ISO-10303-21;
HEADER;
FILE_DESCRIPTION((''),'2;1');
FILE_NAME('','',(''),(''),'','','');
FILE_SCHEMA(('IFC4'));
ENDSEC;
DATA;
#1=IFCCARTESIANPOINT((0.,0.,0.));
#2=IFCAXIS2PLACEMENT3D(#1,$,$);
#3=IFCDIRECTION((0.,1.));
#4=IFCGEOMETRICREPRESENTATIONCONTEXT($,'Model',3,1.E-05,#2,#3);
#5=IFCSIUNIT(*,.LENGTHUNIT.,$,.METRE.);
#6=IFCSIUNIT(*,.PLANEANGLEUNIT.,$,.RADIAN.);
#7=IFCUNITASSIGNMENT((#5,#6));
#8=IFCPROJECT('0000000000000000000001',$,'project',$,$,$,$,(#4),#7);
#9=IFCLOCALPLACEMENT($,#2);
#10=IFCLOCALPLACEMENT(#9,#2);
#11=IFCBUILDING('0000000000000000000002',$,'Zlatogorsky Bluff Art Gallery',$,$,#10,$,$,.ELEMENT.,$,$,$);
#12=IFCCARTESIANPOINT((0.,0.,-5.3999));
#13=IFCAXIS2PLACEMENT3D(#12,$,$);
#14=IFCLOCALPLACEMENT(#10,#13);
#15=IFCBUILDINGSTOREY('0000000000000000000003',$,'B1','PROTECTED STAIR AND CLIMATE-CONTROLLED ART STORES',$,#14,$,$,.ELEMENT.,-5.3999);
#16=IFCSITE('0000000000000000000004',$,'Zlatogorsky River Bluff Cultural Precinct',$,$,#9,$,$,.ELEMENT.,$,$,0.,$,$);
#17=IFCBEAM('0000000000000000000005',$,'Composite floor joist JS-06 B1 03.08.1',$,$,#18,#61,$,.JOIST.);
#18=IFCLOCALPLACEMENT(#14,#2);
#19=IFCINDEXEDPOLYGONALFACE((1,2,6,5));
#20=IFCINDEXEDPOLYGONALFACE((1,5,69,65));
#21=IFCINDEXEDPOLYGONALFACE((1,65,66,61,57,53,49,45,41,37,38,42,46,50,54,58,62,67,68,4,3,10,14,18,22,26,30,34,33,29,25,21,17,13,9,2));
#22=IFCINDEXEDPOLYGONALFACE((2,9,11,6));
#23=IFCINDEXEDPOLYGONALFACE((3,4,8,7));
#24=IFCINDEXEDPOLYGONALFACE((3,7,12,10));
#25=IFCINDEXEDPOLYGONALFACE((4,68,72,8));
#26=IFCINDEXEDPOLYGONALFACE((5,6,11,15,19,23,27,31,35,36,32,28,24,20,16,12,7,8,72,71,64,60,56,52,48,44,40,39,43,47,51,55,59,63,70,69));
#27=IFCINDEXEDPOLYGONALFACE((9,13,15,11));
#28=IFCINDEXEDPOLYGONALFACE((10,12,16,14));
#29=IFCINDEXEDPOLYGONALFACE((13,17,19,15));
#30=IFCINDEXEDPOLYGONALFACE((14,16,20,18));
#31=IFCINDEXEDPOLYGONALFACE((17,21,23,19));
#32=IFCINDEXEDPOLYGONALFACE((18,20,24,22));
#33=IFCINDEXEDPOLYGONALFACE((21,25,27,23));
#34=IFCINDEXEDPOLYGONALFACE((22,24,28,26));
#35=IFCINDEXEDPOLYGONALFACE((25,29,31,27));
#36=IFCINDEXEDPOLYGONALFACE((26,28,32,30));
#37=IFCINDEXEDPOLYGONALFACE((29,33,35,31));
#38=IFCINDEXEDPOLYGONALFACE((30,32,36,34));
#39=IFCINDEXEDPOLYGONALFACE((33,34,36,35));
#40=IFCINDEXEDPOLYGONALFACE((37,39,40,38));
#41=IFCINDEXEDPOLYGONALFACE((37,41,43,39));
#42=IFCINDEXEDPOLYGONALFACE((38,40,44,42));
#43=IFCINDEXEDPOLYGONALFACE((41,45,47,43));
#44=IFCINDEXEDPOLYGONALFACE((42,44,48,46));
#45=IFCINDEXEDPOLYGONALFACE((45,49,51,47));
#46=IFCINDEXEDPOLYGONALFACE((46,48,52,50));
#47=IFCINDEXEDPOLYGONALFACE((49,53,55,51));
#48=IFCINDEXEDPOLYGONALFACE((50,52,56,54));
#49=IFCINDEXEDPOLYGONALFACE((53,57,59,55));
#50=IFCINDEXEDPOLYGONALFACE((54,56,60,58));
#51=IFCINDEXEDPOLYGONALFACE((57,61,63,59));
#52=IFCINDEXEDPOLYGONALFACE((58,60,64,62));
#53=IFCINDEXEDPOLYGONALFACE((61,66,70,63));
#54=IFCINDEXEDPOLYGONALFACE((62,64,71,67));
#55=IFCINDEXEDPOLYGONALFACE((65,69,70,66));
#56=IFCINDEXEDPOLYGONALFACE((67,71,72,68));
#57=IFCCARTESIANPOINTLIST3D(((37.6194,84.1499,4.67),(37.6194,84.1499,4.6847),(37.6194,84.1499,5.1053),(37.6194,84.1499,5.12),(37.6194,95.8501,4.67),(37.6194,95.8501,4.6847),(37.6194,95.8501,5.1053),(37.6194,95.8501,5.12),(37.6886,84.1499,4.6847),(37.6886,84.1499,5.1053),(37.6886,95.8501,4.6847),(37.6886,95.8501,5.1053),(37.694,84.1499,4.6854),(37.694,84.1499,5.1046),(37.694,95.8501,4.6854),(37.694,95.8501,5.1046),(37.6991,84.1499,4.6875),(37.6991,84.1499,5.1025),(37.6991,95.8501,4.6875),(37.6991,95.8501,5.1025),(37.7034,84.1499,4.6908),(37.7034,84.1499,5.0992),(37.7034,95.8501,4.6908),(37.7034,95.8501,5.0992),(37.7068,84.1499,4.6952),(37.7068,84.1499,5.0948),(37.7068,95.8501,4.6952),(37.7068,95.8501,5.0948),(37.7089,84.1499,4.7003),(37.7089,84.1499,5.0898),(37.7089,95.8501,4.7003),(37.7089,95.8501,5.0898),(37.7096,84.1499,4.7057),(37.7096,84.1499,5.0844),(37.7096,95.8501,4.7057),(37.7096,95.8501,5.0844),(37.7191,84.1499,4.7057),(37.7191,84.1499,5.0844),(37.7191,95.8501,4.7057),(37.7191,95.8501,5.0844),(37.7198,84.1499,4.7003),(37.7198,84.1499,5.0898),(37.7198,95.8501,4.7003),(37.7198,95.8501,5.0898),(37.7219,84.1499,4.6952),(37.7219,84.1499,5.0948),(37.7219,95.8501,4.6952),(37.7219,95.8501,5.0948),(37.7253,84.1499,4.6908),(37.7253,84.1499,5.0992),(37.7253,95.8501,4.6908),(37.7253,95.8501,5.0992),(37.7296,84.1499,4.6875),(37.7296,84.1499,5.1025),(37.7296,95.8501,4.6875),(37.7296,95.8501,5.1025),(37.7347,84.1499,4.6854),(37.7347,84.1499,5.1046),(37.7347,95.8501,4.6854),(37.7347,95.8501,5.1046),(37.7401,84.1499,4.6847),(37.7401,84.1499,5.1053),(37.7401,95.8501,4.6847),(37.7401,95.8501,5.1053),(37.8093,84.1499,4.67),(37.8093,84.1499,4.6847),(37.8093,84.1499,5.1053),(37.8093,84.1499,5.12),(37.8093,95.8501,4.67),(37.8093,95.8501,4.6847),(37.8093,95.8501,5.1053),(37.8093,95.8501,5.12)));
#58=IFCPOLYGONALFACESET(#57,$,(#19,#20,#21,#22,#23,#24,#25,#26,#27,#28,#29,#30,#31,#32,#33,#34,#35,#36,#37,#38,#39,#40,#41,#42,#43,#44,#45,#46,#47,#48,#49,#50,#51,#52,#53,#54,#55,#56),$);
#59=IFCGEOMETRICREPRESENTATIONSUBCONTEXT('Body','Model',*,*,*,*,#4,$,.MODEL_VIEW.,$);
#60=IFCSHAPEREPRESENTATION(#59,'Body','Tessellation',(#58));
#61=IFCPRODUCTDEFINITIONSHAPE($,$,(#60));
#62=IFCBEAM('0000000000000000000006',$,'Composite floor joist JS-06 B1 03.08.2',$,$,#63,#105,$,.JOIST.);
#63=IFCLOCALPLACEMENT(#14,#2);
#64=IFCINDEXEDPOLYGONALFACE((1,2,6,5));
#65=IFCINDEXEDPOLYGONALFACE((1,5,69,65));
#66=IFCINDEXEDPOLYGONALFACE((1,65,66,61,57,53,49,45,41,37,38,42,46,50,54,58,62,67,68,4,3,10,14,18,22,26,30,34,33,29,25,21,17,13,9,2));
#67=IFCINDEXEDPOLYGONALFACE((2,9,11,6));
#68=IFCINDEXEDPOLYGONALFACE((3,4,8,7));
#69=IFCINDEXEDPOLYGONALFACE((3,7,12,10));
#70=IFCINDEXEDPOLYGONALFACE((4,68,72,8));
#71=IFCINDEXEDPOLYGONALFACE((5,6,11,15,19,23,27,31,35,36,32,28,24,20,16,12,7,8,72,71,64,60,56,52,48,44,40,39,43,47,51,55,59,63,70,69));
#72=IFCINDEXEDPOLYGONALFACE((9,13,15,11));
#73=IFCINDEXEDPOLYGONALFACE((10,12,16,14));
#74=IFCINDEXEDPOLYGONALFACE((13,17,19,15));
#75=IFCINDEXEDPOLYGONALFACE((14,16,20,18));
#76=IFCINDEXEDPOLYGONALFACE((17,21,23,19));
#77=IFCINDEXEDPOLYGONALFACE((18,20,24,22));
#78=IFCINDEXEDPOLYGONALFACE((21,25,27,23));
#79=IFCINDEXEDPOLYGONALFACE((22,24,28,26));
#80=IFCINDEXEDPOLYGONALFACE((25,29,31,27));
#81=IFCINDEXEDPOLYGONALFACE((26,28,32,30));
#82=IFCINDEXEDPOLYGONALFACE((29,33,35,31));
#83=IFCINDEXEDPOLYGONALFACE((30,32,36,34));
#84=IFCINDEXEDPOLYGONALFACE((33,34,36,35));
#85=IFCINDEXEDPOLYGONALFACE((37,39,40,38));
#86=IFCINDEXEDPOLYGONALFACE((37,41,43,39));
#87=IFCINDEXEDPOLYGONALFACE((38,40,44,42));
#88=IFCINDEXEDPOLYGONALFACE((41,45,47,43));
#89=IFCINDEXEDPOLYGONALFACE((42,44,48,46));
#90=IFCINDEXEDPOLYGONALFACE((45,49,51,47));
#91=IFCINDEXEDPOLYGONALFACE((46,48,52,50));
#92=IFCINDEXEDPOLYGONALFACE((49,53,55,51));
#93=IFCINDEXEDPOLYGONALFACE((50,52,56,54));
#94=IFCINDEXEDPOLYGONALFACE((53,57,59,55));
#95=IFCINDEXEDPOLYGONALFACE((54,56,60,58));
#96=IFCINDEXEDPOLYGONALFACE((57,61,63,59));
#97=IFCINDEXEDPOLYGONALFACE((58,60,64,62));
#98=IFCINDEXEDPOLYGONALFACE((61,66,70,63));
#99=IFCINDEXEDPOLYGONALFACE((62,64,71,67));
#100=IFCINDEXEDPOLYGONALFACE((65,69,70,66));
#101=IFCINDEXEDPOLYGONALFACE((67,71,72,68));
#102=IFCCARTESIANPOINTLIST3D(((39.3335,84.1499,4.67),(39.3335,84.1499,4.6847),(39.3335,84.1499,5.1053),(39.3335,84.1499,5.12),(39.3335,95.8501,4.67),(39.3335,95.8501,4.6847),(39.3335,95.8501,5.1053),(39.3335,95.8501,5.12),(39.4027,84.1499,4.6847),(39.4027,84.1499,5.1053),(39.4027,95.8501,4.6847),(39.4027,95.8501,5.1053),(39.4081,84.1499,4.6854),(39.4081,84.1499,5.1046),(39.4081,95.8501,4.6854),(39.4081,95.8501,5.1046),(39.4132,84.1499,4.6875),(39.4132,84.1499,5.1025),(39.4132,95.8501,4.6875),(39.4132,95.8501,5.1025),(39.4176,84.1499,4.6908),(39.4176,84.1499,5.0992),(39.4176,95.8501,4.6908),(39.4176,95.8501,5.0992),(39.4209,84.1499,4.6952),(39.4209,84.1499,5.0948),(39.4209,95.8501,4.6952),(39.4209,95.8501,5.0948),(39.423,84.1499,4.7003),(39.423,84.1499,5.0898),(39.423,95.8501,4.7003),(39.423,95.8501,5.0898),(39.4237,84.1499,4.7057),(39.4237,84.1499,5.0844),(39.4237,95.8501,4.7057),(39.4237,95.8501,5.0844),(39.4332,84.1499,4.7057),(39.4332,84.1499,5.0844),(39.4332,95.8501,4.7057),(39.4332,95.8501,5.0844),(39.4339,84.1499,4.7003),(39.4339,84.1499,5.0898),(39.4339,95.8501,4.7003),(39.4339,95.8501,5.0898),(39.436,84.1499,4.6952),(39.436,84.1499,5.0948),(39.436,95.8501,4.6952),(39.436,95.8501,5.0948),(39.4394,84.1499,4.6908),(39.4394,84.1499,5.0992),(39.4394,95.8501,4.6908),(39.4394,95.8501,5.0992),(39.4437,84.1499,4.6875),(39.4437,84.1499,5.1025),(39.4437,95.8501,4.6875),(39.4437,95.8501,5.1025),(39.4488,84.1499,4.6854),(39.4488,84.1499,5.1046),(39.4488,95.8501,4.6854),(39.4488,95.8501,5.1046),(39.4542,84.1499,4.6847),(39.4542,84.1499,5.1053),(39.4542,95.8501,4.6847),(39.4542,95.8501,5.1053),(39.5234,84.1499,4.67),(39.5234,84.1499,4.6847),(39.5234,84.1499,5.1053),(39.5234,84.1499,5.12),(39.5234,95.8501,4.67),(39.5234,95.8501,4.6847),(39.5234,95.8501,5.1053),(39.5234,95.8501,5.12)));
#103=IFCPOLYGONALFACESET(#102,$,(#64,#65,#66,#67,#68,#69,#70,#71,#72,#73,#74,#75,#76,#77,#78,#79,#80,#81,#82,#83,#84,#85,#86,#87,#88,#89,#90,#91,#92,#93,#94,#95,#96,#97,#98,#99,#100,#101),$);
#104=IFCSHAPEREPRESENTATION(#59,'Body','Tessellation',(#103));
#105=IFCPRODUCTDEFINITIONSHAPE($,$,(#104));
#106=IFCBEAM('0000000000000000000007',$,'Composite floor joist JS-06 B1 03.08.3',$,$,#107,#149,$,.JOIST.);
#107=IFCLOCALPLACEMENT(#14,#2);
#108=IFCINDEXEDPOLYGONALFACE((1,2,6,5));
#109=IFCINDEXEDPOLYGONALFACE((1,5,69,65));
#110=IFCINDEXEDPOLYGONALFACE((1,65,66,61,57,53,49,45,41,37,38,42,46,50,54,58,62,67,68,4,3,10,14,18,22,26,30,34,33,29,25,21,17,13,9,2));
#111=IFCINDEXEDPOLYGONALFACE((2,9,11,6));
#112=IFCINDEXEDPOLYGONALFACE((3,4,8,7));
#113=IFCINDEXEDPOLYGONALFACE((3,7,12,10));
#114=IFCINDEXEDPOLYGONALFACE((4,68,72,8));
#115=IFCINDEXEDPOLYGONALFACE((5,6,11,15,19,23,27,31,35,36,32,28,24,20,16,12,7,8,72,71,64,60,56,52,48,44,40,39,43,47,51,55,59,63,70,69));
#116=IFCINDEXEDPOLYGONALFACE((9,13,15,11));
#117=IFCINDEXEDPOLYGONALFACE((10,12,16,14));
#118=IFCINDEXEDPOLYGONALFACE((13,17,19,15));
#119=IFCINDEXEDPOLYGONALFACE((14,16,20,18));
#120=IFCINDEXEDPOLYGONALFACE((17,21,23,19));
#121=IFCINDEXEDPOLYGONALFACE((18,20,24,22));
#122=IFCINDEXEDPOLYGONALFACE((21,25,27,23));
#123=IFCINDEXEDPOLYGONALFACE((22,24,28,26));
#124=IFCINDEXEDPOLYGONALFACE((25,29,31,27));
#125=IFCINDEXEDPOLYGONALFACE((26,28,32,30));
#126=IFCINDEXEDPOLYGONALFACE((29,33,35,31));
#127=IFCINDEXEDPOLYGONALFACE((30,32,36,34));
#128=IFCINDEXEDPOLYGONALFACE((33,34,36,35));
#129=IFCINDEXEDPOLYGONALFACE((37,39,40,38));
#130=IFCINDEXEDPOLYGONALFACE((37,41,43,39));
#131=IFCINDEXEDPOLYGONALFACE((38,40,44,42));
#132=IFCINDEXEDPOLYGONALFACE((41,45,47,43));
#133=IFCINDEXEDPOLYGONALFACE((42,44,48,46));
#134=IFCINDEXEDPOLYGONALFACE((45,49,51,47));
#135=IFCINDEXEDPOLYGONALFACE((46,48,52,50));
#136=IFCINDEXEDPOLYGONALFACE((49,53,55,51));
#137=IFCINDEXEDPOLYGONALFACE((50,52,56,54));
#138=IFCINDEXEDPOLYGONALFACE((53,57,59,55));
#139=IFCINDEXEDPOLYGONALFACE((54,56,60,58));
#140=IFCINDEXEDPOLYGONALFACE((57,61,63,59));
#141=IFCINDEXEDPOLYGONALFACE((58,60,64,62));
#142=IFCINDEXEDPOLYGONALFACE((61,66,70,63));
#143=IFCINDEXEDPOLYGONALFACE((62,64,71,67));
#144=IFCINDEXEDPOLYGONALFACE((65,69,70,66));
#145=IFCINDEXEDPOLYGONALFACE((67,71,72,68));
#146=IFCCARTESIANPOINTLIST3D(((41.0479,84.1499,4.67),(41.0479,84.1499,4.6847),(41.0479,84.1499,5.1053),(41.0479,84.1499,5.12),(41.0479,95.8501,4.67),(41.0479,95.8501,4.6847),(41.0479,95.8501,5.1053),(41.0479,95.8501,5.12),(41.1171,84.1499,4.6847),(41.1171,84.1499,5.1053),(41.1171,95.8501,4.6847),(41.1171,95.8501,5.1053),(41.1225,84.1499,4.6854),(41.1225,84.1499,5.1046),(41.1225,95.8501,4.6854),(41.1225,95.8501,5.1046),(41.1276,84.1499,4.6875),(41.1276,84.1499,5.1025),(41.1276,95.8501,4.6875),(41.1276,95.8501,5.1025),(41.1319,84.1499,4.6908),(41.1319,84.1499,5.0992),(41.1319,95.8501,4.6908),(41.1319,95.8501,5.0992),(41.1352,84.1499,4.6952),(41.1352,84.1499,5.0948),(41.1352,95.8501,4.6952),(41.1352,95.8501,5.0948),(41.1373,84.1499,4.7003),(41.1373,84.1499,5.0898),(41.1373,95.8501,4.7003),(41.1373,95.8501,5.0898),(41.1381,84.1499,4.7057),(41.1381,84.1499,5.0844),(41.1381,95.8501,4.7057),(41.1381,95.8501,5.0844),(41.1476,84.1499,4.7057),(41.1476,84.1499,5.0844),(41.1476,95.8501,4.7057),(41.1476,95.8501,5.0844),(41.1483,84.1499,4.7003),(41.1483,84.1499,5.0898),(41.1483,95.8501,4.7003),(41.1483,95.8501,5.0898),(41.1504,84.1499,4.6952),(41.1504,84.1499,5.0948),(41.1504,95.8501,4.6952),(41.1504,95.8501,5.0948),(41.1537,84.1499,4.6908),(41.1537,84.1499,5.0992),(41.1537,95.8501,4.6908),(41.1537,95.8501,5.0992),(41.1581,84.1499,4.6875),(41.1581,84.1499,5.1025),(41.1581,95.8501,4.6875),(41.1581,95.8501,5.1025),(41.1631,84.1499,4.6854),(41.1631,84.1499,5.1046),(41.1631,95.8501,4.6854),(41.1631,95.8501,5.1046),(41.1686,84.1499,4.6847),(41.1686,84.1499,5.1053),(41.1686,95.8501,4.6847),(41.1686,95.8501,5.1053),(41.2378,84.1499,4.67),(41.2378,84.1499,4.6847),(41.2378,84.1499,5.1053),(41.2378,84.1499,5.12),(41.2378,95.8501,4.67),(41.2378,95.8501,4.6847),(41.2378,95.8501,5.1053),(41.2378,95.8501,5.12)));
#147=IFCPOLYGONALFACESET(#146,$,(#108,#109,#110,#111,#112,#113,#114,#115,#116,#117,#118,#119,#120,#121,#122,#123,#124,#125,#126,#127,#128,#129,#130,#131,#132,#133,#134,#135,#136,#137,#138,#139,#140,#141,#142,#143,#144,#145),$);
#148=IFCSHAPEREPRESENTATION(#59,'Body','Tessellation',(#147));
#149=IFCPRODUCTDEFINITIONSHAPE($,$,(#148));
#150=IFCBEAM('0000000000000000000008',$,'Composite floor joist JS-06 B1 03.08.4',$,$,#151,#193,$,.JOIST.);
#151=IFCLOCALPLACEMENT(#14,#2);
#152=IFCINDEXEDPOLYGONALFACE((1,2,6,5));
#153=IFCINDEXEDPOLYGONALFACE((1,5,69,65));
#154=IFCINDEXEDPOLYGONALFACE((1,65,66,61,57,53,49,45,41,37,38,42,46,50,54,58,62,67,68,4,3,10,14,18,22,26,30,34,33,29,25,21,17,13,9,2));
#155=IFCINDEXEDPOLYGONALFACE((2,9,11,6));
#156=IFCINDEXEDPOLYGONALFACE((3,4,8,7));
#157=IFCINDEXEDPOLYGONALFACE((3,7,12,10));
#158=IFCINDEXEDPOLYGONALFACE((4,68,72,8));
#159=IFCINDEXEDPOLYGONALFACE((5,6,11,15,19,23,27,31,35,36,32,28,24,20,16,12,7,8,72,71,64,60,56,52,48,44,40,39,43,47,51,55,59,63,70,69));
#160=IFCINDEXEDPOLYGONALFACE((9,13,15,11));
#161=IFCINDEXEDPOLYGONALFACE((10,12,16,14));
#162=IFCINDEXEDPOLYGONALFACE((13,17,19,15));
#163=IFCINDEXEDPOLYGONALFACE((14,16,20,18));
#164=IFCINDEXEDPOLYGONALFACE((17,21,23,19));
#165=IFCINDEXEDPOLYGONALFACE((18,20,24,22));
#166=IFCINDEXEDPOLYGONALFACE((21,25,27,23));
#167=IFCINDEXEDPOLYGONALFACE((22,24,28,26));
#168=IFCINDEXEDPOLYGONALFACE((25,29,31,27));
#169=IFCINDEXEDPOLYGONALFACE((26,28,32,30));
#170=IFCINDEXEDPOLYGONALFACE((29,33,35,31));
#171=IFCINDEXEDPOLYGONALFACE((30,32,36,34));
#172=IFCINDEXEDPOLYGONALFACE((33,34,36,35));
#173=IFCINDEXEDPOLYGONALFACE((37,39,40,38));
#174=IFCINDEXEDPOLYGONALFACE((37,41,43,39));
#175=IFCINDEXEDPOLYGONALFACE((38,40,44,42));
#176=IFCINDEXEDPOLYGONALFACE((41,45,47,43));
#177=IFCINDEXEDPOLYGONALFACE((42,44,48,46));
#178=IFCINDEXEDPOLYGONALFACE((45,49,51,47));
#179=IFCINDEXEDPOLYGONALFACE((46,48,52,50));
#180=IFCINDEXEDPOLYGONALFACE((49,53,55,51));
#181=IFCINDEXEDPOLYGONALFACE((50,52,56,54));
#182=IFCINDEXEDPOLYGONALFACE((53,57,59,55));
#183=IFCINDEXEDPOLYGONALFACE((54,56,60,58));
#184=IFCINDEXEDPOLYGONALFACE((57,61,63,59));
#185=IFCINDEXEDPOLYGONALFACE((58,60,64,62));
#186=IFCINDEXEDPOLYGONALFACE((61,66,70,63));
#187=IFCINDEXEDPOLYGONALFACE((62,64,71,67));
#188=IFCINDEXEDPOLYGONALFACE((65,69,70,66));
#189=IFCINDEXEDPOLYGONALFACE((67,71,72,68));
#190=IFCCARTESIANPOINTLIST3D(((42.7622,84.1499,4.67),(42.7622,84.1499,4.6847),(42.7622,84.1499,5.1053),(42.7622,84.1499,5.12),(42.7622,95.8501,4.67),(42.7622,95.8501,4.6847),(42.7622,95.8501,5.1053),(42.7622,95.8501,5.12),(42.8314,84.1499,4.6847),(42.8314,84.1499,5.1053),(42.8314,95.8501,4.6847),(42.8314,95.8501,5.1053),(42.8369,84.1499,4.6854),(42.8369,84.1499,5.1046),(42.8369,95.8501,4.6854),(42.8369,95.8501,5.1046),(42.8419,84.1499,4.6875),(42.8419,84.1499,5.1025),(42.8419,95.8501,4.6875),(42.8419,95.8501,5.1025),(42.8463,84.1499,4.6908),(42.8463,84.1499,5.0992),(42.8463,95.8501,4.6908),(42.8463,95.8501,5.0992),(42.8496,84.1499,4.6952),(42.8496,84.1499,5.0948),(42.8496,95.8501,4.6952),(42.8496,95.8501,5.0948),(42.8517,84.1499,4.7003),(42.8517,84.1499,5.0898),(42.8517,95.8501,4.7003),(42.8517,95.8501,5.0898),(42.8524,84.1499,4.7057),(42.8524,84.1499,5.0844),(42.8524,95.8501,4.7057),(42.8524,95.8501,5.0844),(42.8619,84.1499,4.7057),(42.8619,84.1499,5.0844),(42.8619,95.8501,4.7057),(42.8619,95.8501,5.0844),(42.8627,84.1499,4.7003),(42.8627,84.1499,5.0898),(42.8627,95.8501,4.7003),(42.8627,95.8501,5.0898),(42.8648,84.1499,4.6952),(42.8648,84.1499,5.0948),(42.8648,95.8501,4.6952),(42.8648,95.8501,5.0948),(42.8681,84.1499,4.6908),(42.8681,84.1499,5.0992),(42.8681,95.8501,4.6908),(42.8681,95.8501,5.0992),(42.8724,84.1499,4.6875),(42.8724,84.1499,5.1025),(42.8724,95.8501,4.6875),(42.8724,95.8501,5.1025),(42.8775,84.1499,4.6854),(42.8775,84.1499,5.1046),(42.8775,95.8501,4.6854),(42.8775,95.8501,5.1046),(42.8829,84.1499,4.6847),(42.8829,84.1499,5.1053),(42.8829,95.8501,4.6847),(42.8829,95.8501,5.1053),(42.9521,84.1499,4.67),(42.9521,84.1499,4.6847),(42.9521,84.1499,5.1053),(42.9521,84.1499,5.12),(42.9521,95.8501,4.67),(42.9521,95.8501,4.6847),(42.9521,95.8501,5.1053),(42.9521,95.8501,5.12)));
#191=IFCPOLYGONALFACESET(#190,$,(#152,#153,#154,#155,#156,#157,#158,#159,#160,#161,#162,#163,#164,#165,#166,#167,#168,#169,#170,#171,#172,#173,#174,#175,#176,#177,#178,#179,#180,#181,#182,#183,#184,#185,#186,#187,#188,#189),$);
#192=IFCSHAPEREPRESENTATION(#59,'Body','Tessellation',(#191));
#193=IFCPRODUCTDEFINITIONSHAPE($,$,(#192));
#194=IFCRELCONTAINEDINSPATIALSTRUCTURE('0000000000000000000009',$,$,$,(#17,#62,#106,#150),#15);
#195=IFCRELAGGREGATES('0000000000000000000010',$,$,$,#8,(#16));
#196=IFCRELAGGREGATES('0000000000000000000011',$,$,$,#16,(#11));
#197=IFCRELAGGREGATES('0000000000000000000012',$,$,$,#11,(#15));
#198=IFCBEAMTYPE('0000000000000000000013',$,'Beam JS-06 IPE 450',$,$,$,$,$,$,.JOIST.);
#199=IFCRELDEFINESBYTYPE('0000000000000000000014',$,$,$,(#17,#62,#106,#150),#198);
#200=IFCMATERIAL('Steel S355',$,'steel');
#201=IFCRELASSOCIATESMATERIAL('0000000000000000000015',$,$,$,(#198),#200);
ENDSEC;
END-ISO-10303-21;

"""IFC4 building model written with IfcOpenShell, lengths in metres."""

from ifc_helpers import new_model, si_unit, direction, frame, origin, origin_2d, place, context, subcontext, project, spatial, i_section, extrude, material, material_profile, profile_set, type_object, element, save


model = new_model("IFC4")

# Units and contexts
model_context = context("Model", 3, precision=1e-05, world=origin(), true_north=direction((0.0, 1.0)))
body_context = subcontext(model_context, "Body", "Model", "MODEL_VIEW")
ifc_project = project(units=[si_unit("LENGTHUNIT", "METRE"), si_unit("PLANEANGLEUNIT", "RADIAN")], contexts=[model_context])

# Site, building, storey
site_placement = place(None, origin())
site = spatial("IfcSite", under=ifc_project, at=site_placement, Name="Zlatogorsky River Bluff Cultural Precinct", CompositionType="ELEMENT", RefElevation=0.0)
building_placement = place(site_placement, origin())
building = spatial("IfcBuilding", under=site, at=building_placement, Name="Zlatogorsky Bluff Art Gallery", CompositionType="ELEMENT")
storey_placement = place(building_placement, frame((0.0, 0.0, -5.3999)))
storey = spatial("IfcBuildingStorey", under=building, at=storey_placement, Name="B1", Description="PROTECTED STAIR AND CLIMATE-CONTROLLED ART STORES", CompositionType="ELEMENT", Elevation=-5.3999)

# Beams
ifc_material_1 = material(Name="Steel S355", Category="steel")
ifc_material_profile_1 = material_profile(ifc_material_1, i_section(OverallWidth=0.1899, OverallDepth=0.45, WebThickness=0.0095, FlangeThickness=0.0146, FilletRadius=0.021, at=origin_2d()), Name="IPE 450")
ifc_profile_set_1 = profile_set([ifc_material_profile_1], Name="Steel S355")
beam_type = type_object("IfcBeamType", Name="Beam JS-06 IPE 450", PredefinedType="JOIST", material=ifc_profile_set_1)
for number, where, z_axis, x_axis, name in (
    (1, (37.7144, 84.1499, 4.895), (0.0, 1.0, 0.0), (-1.0, 0.0, 0.0), "Composite floor joist JS-06 B1 03.08.1"),
    (2, (39.4285, 84.1499, 4.895), (0.0, 1.0, 0.0), (-1.0, 0.0, 0.0), "Composite floor joist JS-06 B1 03.08.2"),
    (3, (41.1428, 84.1499, 4.895), (0.0, 1.0, 0.0), (-1.0, 0.0, 0.0), "Composite floor joist JS-06 B1 03.08.3"),
    (4, (42.8572, 84.1499, 4.895), (0.0, 1.0, 0.0), (-1.0, 0.0, 0.0), "Composite floor joist JS-06 B1 03.08.4"),
):
    element("IfcBeam", number, at=place(storey_placement, frame(where, z_axis=z_axis, x_axis=x_axis)), inside=storey, type_object=beam_type, Name=name, PredefinedType="JOIST", context=body_context, shape_type="SweptSolid", body=[
        extrude(i_section(OverallWidth=0.1899, OverallDepth=0.45, WebThickness=0.0095, FlangeThickness=0.0146, FilletRadius=0.021, at=origin_2d()), origin(), (0.0, 0.0, 1.0), 11.7002),
    ])

save(model, "model.ifc")
